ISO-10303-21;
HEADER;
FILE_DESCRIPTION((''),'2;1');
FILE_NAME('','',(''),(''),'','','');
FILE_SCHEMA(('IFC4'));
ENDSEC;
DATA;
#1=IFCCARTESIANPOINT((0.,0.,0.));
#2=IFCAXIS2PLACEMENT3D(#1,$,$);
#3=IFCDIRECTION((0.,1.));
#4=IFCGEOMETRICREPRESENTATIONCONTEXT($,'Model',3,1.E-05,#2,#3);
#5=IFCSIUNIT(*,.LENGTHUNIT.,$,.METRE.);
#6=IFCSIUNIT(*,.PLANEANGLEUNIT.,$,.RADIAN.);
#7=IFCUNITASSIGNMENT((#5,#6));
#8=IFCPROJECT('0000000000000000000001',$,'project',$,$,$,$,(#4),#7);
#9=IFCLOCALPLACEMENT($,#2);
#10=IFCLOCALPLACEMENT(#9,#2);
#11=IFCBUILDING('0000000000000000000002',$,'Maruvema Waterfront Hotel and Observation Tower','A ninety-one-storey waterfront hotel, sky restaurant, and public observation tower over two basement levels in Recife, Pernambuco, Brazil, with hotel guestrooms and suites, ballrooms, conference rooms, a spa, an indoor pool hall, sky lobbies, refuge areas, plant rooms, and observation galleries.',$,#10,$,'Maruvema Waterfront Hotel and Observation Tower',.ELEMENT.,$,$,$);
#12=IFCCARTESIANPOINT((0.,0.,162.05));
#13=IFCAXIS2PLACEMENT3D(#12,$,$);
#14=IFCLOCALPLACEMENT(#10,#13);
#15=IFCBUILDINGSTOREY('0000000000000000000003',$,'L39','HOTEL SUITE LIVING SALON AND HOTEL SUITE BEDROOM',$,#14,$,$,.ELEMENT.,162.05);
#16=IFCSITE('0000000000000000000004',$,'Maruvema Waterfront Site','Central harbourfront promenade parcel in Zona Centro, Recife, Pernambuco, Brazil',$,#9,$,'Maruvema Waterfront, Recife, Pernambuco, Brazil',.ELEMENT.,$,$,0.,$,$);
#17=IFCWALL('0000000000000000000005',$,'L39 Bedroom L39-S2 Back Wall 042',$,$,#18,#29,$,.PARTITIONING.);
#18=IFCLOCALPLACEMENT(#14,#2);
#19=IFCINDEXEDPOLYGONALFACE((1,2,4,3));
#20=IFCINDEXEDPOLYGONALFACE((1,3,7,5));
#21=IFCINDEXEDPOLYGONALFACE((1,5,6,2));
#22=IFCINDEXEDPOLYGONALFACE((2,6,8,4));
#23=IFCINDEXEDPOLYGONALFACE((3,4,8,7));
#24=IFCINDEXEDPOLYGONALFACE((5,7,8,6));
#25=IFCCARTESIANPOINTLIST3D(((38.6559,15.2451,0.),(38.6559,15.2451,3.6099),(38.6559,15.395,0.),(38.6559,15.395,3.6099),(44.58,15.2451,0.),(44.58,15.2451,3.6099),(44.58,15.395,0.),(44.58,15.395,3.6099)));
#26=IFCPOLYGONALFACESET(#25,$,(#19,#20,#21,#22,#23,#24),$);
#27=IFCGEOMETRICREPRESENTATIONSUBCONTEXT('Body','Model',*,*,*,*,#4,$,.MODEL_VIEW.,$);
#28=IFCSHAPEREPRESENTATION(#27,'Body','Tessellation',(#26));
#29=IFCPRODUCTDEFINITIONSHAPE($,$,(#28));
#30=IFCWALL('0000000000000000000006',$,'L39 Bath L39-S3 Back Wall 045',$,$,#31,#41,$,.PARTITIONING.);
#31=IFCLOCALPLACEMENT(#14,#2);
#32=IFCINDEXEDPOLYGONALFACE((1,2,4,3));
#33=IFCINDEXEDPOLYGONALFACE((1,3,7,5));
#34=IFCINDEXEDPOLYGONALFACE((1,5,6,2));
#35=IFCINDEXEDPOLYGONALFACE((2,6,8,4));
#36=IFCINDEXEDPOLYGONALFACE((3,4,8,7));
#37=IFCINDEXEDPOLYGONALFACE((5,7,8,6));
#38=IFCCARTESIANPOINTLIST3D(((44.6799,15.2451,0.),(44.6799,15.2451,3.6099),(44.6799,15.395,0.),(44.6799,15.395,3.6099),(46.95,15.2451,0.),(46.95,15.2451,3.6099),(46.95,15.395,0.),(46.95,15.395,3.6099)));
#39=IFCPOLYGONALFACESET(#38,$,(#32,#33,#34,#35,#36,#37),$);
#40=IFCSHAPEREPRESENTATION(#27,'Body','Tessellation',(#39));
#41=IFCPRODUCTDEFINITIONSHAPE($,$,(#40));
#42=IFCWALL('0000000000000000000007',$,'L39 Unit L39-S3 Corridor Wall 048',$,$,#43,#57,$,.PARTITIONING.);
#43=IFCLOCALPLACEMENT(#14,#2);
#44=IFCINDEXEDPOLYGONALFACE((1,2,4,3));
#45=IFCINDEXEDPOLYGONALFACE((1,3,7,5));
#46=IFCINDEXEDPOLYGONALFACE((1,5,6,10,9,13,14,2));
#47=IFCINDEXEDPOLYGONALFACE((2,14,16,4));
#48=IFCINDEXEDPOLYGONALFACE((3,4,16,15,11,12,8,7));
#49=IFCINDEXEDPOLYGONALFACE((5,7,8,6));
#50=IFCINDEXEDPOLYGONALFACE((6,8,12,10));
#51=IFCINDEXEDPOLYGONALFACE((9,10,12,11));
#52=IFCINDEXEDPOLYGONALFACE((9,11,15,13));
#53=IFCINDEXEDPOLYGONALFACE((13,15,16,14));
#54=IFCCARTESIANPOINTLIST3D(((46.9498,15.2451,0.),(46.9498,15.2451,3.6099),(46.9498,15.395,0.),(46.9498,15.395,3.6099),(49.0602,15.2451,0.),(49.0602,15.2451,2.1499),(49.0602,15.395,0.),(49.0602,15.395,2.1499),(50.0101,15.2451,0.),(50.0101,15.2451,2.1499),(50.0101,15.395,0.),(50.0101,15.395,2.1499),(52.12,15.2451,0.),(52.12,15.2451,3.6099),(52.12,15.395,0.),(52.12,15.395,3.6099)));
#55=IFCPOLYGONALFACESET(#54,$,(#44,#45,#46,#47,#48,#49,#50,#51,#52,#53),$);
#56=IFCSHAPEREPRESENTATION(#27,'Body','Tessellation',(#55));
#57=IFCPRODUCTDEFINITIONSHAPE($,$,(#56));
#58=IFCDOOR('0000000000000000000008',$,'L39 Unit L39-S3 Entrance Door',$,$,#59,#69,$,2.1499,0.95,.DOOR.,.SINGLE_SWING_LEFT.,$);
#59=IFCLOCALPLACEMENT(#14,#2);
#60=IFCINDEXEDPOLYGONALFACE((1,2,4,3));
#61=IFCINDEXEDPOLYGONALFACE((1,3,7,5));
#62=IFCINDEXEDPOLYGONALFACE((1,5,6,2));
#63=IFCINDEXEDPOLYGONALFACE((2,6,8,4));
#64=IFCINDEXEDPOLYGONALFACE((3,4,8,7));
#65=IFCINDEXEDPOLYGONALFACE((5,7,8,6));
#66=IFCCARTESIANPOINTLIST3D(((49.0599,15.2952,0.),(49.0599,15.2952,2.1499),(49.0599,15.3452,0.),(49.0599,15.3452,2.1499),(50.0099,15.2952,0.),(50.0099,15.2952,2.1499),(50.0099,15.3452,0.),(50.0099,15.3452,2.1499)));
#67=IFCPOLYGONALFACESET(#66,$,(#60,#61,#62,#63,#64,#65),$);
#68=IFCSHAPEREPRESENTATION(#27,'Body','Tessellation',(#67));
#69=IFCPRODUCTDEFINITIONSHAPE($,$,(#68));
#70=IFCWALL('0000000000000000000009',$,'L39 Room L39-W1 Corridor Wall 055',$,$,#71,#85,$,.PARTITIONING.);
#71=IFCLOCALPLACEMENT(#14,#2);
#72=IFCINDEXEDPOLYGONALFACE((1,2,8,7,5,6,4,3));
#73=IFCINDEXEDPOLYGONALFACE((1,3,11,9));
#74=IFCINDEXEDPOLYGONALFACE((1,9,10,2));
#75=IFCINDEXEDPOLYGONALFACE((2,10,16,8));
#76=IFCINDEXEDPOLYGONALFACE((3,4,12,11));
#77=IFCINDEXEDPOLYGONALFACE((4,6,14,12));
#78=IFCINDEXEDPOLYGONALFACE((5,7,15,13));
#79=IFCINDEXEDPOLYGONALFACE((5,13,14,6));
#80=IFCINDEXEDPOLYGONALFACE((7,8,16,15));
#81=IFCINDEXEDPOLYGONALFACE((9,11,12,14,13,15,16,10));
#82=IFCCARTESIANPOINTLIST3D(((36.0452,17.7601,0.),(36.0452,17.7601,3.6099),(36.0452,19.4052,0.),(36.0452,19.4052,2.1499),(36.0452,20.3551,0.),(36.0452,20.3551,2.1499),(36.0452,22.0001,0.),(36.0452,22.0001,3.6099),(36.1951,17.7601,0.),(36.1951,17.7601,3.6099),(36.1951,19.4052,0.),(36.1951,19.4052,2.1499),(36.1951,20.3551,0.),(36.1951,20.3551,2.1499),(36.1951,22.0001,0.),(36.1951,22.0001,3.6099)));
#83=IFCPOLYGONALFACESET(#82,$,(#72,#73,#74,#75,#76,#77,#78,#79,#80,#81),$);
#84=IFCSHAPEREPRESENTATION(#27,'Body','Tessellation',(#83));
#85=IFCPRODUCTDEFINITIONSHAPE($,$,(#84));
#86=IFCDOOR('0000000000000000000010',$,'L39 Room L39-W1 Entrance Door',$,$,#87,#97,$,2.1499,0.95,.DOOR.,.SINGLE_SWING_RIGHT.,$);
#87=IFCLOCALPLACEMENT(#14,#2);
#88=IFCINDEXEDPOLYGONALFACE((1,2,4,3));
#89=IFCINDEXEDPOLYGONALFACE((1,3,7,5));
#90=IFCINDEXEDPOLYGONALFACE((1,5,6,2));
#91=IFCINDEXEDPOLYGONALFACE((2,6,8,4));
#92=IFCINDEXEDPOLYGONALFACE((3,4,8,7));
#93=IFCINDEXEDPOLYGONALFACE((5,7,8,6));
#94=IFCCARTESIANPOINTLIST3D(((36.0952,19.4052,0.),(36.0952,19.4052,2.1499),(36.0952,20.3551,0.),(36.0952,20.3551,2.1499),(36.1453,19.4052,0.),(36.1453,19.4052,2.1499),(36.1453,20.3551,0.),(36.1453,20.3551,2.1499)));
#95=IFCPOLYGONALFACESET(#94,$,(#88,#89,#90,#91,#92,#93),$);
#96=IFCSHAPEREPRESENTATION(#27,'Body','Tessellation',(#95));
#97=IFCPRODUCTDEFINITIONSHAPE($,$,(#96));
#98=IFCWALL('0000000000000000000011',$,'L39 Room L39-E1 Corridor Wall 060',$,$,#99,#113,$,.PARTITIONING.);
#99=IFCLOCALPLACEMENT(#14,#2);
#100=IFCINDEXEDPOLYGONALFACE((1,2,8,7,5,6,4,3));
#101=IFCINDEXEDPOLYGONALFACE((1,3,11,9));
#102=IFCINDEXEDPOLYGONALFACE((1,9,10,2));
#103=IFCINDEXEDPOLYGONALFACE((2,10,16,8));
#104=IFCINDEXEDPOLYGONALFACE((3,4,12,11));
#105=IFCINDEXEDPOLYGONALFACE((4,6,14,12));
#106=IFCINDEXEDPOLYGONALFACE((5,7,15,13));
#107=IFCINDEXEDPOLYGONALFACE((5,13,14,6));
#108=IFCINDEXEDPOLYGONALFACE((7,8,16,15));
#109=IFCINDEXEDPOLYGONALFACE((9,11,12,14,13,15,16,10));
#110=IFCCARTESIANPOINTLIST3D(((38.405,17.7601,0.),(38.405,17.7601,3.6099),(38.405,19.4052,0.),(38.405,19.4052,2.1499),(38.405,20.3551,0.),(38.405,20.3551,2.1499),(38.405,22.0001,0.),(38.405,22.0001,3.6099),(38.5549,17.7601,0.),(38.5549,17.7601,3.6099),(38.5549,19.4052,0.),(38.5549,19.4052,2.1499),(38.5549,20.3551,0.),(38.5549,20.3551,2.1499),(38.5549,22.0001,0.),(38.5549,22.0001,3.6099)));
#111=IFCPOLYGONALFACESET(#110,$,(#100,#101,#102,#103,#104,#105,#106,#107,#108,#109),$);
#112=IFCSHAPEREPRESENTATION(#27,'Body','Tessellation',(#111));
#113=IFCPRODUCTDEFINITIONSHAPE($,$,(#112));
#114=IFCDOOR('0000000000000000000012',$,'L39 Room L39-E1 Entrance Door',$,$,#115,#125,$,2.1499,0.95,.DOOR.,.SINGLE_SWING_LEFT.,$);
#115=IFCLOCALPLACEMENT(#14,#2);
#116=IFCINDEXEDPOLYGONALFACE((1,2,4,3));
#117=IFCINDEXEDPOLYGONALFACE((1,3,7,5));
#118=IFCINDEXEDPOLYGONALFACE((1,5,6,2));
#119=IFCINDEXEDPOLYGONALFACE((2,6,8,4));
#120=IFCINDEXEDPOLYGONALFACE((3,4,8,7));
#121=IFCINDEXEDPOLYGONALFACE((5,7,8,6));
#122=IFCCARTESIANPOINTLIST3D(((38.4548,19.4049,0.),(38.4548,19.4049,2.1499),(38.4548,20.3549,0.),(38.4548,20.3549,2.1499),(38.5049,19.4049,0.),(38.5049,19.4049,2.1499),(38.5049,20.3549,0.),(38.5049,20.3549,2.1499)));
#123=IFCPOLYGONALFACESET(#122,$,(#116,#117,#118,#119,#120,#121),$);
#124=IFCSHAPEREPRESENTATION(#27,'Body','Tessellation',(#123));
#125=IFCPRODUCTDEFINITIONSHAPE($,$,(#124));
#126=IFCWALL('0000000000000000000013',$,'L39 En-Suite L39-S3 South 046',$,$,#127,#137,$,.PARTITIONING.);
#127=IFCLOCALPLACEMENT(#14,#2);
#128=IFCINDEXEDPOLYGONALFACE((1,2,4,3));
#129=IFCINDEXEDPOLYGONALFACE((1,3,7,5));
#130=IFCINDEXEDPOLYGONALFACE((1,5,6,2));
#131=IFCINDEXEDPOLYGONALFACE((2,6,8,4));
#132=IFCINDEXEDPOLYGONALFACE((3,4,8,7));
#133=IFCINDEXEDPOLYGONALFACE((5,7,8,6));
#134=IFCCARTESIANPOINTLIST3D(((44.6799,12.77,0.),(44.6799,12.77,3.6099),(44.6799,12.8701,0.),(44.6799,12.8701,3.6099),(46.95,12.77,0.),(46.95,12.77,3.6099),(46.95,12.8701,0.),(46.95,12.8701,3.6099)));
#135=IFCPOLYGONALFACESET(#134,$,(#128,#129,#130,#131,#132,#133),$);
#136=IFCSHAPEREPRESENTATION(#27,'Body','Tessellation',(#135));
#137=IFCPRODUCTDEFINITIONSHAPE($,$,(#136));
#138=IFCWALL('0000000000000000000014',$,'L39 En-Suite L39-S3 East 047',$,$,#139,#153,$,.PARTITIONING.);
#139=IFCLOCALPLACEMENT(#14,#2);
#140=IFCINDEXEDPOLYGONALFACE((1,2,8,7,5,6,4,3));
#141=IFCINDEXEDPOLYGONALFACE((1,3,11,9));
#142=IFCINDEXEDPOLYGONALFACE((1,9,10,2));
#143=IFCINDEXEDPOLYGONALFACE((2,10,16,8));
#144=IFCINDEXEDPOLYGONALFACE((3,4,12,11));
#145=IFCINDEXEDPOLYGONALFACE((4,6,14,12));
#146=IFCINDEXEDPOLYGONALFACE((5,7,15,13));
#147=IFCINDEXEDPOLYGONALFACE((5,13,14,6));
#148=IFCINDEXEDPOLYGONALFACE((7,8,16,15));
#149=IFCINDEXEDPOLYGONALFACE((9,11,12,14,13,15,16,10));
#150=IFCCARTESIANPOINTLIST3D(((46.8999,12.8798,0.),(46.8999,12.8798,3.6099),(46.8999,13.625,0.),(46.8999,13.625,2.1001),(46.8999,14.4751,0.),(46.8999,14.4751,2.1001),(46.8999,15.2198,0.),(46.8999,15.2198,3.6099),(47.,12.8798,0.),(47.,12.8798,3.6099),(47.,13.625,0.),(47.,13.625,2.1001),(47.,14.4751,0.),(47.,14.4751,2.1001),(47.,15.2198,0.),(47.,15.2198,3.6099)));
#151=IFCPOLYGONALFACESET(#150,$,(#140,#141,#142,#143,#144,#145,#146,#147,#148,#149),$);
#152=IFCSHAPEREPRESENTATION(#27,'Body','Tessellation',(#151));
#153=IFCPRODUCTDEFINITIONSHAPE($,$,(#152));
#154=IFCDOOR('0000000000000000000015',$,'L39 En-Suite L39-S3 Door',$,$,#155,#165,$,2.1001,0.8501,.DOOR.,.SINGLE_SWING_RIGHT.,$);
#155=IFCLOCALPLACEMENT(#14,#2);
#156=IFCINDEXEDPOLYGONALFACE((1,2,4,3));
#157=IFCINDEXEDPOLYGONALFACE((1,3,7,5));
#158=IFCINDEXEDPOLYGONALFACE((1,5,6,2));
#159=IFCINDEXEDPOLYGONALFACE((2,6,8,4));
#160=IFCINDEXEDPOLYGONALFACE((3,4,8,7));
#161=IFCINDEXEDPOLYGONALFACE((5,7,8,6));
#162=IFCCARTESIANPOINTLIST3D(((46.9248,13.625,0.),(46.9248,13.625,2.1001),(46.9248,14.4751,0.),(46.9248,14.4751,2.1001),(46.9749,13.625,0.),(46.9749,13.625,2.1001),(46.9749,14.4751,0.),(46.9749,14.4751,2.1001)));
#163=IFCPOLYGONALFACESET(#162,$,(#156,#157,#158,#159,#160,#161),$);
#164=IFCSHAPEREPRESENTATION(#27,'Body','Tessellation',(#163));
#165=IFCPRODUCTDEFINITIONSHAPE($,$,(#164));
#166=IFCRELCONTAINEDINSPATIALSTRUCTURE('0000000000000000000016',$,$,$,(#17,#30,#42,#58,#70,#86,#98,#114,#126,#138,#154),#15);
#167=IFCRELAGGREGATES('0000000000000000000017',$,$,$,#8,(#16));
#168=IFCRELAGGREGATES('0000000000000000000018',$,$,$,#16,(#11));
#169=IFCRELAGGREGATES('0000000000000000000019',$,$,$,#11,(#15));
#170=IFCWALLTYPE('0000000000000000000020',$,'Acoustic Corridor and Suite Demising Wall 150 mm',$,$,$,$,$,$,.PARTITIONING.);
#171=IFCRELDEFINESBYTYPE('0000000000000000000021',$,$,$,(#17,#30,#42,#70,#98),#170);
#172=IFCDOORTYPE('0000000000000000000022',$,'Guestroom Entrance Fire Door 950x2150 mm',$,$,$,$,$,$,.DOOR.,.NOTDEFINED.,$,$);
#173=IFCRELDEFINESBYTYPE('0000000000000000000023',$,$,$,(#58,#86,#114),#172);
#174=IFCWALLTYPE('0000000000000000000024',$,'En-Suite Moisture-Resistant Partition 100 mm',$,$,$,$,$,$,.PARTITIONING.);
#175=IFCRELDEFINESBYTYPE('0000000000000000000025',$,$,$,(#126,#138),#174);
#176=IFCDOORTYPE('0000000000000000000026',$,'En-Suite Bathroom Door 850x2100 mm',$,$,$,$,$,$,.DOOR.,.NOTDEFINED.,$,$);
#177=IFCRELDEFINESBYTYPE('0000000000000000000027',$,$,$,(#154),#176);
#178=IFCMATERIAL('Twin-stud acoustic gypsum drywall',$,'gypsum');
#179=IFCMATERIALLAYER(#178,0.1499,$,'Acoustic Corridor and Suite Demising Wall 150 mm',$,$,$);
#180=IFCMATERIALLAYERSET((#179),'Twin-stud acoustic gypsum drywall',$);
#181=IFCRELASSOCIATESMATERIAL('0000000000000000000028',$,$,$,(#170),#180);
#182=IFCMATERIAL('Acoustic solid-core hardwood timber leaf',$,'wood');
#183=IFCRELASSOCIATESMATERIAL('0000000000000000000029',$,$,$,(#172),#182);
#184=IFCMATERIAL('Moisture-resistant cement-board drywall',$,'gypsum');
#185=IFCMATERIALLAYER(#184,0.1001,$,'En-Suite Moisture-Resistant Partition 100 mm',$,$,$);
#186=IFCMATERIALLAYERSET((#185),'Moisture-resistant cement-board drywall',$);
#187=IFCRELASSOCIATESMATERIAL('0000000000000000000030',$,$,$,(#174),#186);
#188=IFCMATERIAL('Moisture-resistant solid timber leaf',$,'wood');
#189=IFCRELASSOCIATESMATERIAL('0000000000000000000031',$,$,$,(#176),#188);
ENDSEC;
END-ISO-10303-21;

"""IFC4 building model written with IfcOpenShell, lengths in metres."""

from ifc_helpers import new_model, si_unit, direction, frame, frame_2d, origin, place, context, subcontext, project, spatial, rectangle, extrude, material, layer, layer_set, type_object, element, fill, save


model = new_model("IFC4")

# Units and contexts
model_context = context("Model", 3, precision=1e-05, world=origin(), true_north=direction((0.0, 1.0)))
body_context = subcontext(model_context, "Body", "Model", "MODEL_VIEW")
ifc_project = project(units=[si_unit("LENGTHUNIT", "METRE"), si_unit("PLANEANGLEUNIT", "RADIAN")], contexts=[model_context])

# Site, building, storey
site_placement = place(None, origin())
site = spatial("IfcSite", under=ifc_project, at=site_placement, Name="Maruvema Waterfront Site", Description="Central harbourfront promenade parcel in Zona Centro, Recife, Pernambuco, Brazil", LongName="Maruvema Waterfront, Recife, Pernambuco, Brazil", CompositionType="ELEMENT", RefElevation=0.0)
building_placement = place(site_placement, origin())
building = spatial("IfcBuilding", under=site, at=building_placement, Name="Maruvema Waterfront Hotel and Observation Tower", Description="A ninety-one-storey waterfront hotel, sky restaurant, and public observation tower over two basement levels in Recife, Pernambuco, Brazil, with hotel guestrooms and suites, ballrooms, conference rooms, a spa, an indoor pool hall, sky lobbies, refuge areas, plant rooms, and observation galleries.", LongName="Maruvema Waterfront Hotel and Observation Tower", CompositionType="ELEMENT")
storey_placement = place(building_placement, frame((0.0, 0.0, 162.05)))
storey = spatial("IfcBuildingStorey", under=building, at=storey_placement, Name="L39", Description="HOTEL SUITE LIVING SALON AND HOTEL SUITE BEDROOM", CompositionType="ELEMENT", Elevation=162.05)

# Walls
ifc_material_1 = material(Name="Twin-stud acoustic gypsum drywall", Category="gypsum")
ifc_layer_1 = layer(ifc_material_1, 0.1499, Name="Acoustic Corridor and Suite Demising Wall 150 mm")
ifc_layer_set_1 = layer_set([ifc_layer_1], Name="Twin-stud acoustic gypsum drywall")
wall_type_1 = type_object("IfcWallType", Name="Acoustic Corridor and Suite Demising Wall 150 mm", PredefinedType="PARTITIONING", material=ifc_layer_set_1)
wall_1_placement = place(storey_placement, frame((38.656, 15.3201, 0.0), z_axis=(0.0, 0.0, 1.0), x_axis=(1.0, 0.0, 0.0)))
element("IfcWall", 1, at=wall_1_placement, inside=storey, type_object=wall_type_1, Name="L39 Bedroom L39-S2 Back Wall 042", PredefinedType="PARTITIONING", context=body_context, shape_type="SweptSolid", body=[
    extrude(rectangle(XDim=5.9241, YDim=0.1499, at=frame_2d((2.9619, 0.0))), origin(), (0.0, 0.0, 1.0), 3.6099),
])
wall_2_placement = place(storey_placement, frame((44.6799, 15.3201, 0.0), z_axis=(0.0, 0.0, 1.0), x_axis=(1.0, 0.0, 0.0)))
element("IfcWall", 2, at=wall_2_placement, inside=storey, type_object=wall_type_1, Name="L39 Bath L39-S3 Back Wall 045", PredefinedType="PARTITIONING", context=body_context, shape_type="SweptSolid", body=[
    extrude(rectangle(XDim=2.27, YDim=0.1499, at=frame_2d((1.135, 0.0))), origin(), (0.0, 0.0, 1.0), 3.6099),
])

# Walls, openings, doors
wall_3_placement = place(storey_placement, frame((46.95, 15.3201, 0.0), z_axis=(0.0, 0.0, 1.0), x_axis=(1.0, 0.0, 0.0)))
wall_3 = element("IfcWall", 3, at=wall_3_placement, inside=storey, type_object=wall_type_1, Name="L39 Unit L39-S3 Corridor Wall 048", PredefinedType="PARTITIONING", context=body_context, shape_type="SweptSolid", body=[
    extrude(rectangle(XDim=5.1702, YDim=0.1499, at=frame_2d((2.585, 0.0))), origin(), (0.0, 0.0, 1.0), 3.6099),
])
opening_1_placement = place(wall_3_placement, frame((2.1101, 0.0, 0.0)))
opening_1 = element("IfcOpeningElement", 4, at=opening_1_placement, cuts=wall_3, PredefinedType="OPENING", context=body_context, shape_type="SweptSolid", body=[
    extrude(rectangle(XDim=0.95, YDim=2.1499, at=frame_2d((0.4751, 1.075))), frame((0.0, 0.085, 0.0), z_axis=(0.0, -1.0, 0.0), x_axis=(1.0, 0.0, 0.0)), (0.0, 0.0, 1.0), 0.1699),
])
ifc_material_2 = material(Name="Acoustic solid-core hardwood timber leaf", Category="wood")
door_type_1 = type_object("IfcDoorType", Name="Guestroom Entrance Fire Door 950x2150 mm", OperationType="NOTDEFINED", PredefinedType="DOOR", material=ifc_material_2)
door_1_placement = place(opening_1_placement, frame((0.95, 0.0, 0.0), z_axis=(0.0, 0.0, 1.0), x_axis=(-1.0, 0.0, 0.0)))
door_1 = element("IfcDoor", 5, at=door_1_placement, inside=storey, type_object=door_type_1, Name="L39 Unit L39-S3 Entrance Door", OperationType="SINGLE_SWING_LEFT", OverallHeight=2.1499, OverallWidth=0.95, PredefinedType="DOOR", context=body_context, shape_type="SweptSolid", body=[
    extrude(rectangle(XDim=0.95, YDim=2.1499, at=frame_2d((0.4751, 1.075))), frame((0.0, 0.0249, 0.0), z_axis=(0.0, -1.0, 0.0), x_axis=(1.0, 0.0, 0.0)), (0.0, 0.0, 1.0), 0.05),
])
fill(opening_1, door_1)
wall_4_placement = place(storey_placement, frame((36.1201, 17.76, 0.0), z_axis=(0.0, 0.0, 1.0), x_axis=(0.0, 1.0, 0.0)))
wall_4 = element("IfcWall", 6, at=wall_4_placement, inside=storey, type_object=wall_type_1, Name="L39 Room L39-W1 Corridor Wall 055", PredefinedType="PARTITIONING", context=body_context, shape_type="SweptSolid", body=[
    extrude(rectangle(XDim=4.24, YDim=0.1499, at=frame_2d((2.1201, 0.0))), origin(), (0.0, 0.0, 1.0), 3.6099),
])
opening_2_placement = place(wall_4_placement, frame((1.645, 0.0, 0.0)))
opening_2 = element("IfcOpeningElement", 7, at=opening_2_placement, cuts=wall_4, PredefinedType="OPENING", context=body_context, shape_type="SweptSolid", body=[
    extrude(rectangle(XDim=0.95, YDim=2.1499, at=frame_2d((0.4751, 1.075))), frame((0.0, 0.085, 0.0), z_axis=(0.0, -1.0, 0.0), x_axis=(1.0, 0.0, 0.0)), (0.0, 0.0, 1.0), 0.1699),
])
door_2_placement = place(opening_2_placement, origin())
door_2 = element("IfcDoor", 8, at=door_2_placement, inside=storey, type_object=door_type_1, Name="L39 Room L39-W1 Entrance Door", OperationType="SINGLE_SWING_RIGHT", OverallHeight=2.1499, OverallWidth=0.95, PredefinedType="DOOR", context=body_context, shape_type="SweptSolid", body=[
    extrude(rectangle(XDim=0.95, YDim=2.1499, at=frame_2d((0.4751, 1.075))), frame((0.0, 0.0249, 0.0), z_axis=(0.0, -1.0, 0.0), x_axis=(1.0, 0.0, 0.0)), (0.0, 0.0, 1.0), 0.05),
])
fill(opening_2, door_2)
wall_5_placement = place(storey_placement, frame((38.48, 17.76, 0.0), z_axis=(0.0, 0.0, 1.0), x_axis=(0.0, 1.0, 0.0)))
wall_5 = element("IfcWall", 9, at=wall_5_placement, inside=storey, type_object=wall_type_1, Name="L39 Room L39-E1 Corridor Wall 060", PredefinedType="PARTITIONING", context=body_context, shape_type="SweptSolid", body=[
    extrude(rectangle(XDim=4.24, YDim=0.1499, at=frame_2d((2.1201, 0.0))), origin(), (0.0, 0.0, 1.0), 3.6099),
])
opening_3_placement = place(wall_5_placement, frame((1.645, 0.0, 0.0)))
opening_3 = element("IfcOpeningElement", 10, at=opening_3_placement, cuts=wall_5, PredefinedType="OPENING", context=body_context, shape_type="SweptSolid", body=[
    extrude(rectangle(XDim=0.95, YDim=2.1499, at=frame_2d((0.4751, 1.075))), frame((0.0, 0.085, 0.0), z_axis=(0.0, -1.0, 0.0), x_axis=(1.0, 0.0, 0.0)), (0.0, 0.0, 1.0), 0.1699),
])
door_3_placement = place(opening_3_placement, frame((0.95, 0.0, 0.0), z_axis=(0.0, 0.0, 1.0), x_axis=(-1.0, 0.0, 0.0)))
door_3 = element("IfcDoor", 11, at=door_3_placement, inside=storey, type_object=door_type_1, Name="L39 Room L39-E1 Entrance Door", OperationType="SINGLE_SWING_LEFT", OverallHeight=2.1499, OverallWidth=0.95, PredefinedType="DOOR", context=body_context, shape_type="SweptSolid", body=[
    extrude(rectangle(XDim=0.95, YDim=2.1499, at=frame_2d((0.4751, 1.075))), frame((0.0, 0.0249, 0.0), z_axis=(0.0, -1.0, 0.0), x_axis=(1.0, 0.0, 0.0)), (0.0, 0.0, 1.0), 0.05),
])
fill(opening_3, door_3)

# Wall
ifc_material_3 = material(Name="Moisture-resistant cement-board drywall", Category="gypsum")
ifc_layer_2 = layer(ifc_material_3, 0.1001, Name="En-Suite Moisture-Resistant Partition 100 mm")
ifc_layer_set_2 = layer_set([ifc_layer_2], Name="Moisture-resistant cement-board drywall")
wall_type_2 = type_object("IfcWallType", Name="En-Suite Moisture-Resistant Partition 100 mm", PredefinedType="PARTITIONING", material=ifc_layer_set_2)
wall_6_placement = place(storey_placement, frame((44.6799, 12.8201, 0.0), z_axis=(0.0, 0.0, 1.0), x_axis=(1.0, 0.0, 0.0)))
element("IfcWall", 12, at=wall_6_placement, inside=storey, type_object=wall_type_2, Name="L39 En-Suite L39-S3 South 046", PredefinedType="PARTITIONING", context=body_context, shape_type="SweptSolid", body=[
    extrude(rectangle(XDim=2.27, YDim=0.1001, at=frame_2d((1.135, 0.0))), origin(), (0.0, 0.0, 1.0), 3.6099),
])

# Wall, opening, door
wall_7_placement = place(storey_placement, frame((46.95, 12.8799, 0.0), z_axis=(0.0, 0.0, 1.0), x_axis=(0.0, 1.0, 0.0)))
wall_7 = element("IfcWall", 13, at=wall_7_placement, inside=storey, type_object=wall_type_2, Name="L39 En-Suite L39-S3 East 047", PredefinedType="PARTITIONING", context=body_context, shape_type="SweptSolid", body=[
    extrude(rectangle(XDim=2.3401, YDim=0.1001, at=frame_2d((1.1699, 0.0))), origin(), (0.0, 0.0, 1.0), 3.6099),
])
opening_4_placement = place(wall_7_placement, frame((0.7451, 0.0, 0.0)))
opening_4 = element("IfcOpeningElement", 14, at=opening_4_placement, cuts=wall_7, PredefinedType="OPENING", context=body_context, shape_type="SweptSolid", body=[
    extrude(rectangle(XDim=0.8501, YDim=2.1001, at=frame_2d((0.425, 1.05))), frame((0.0, 0.0601, 0.0), z_axis=(0.0, -1.0, 0.0), x_axis=(1.0, 0.0, 0.0)), (0.0, 0.0, 1.0), 0.1201),
])
ifc_material_4 = material(Name="Moisture-resistant solid timber leaf", Category="wood")
door_type_2 = type_object("IfcDoorType", Name="En-Suite Bathroom Door 850x2100 mm", OperationType="NOTDEFINED", PredefinedType="DOOR", material=ifc_material_4)
door_4_placement = place(opening_4_placement, frame((0.8501, 0.0, 0.0), z_axis=(0.0, 0.0, 1.0), x_axis=(-1.0, 0.0, 0.0)))
door_4 = element("IfcDoor", 15, at=door_4_placement, inside=storey, type_object=door_type_2, Name="L39 En-Suite L39-S3 Door", OperationType="SINGLE_SWING_RIGHT", OverallHeight=2.1001, OverallWidth=0.8501, PredefinedType="DOOR", context=body_context, shape_type="SweptSolid", body=[
    extrude(rectangle(XDim=0.8501, YDim=2.1001, at=frame_2d((0.425, 1.05))), frame((0.0, 0.0249, 0.0), z_axis=(0.0, -1.0, 0.0), x_axis=(1.0, 0.0, 0.0)), (0.0, 0.0, 1.0), 0.05),
])
fill(opening_4, door_4)

save(model, "model.ifc")
